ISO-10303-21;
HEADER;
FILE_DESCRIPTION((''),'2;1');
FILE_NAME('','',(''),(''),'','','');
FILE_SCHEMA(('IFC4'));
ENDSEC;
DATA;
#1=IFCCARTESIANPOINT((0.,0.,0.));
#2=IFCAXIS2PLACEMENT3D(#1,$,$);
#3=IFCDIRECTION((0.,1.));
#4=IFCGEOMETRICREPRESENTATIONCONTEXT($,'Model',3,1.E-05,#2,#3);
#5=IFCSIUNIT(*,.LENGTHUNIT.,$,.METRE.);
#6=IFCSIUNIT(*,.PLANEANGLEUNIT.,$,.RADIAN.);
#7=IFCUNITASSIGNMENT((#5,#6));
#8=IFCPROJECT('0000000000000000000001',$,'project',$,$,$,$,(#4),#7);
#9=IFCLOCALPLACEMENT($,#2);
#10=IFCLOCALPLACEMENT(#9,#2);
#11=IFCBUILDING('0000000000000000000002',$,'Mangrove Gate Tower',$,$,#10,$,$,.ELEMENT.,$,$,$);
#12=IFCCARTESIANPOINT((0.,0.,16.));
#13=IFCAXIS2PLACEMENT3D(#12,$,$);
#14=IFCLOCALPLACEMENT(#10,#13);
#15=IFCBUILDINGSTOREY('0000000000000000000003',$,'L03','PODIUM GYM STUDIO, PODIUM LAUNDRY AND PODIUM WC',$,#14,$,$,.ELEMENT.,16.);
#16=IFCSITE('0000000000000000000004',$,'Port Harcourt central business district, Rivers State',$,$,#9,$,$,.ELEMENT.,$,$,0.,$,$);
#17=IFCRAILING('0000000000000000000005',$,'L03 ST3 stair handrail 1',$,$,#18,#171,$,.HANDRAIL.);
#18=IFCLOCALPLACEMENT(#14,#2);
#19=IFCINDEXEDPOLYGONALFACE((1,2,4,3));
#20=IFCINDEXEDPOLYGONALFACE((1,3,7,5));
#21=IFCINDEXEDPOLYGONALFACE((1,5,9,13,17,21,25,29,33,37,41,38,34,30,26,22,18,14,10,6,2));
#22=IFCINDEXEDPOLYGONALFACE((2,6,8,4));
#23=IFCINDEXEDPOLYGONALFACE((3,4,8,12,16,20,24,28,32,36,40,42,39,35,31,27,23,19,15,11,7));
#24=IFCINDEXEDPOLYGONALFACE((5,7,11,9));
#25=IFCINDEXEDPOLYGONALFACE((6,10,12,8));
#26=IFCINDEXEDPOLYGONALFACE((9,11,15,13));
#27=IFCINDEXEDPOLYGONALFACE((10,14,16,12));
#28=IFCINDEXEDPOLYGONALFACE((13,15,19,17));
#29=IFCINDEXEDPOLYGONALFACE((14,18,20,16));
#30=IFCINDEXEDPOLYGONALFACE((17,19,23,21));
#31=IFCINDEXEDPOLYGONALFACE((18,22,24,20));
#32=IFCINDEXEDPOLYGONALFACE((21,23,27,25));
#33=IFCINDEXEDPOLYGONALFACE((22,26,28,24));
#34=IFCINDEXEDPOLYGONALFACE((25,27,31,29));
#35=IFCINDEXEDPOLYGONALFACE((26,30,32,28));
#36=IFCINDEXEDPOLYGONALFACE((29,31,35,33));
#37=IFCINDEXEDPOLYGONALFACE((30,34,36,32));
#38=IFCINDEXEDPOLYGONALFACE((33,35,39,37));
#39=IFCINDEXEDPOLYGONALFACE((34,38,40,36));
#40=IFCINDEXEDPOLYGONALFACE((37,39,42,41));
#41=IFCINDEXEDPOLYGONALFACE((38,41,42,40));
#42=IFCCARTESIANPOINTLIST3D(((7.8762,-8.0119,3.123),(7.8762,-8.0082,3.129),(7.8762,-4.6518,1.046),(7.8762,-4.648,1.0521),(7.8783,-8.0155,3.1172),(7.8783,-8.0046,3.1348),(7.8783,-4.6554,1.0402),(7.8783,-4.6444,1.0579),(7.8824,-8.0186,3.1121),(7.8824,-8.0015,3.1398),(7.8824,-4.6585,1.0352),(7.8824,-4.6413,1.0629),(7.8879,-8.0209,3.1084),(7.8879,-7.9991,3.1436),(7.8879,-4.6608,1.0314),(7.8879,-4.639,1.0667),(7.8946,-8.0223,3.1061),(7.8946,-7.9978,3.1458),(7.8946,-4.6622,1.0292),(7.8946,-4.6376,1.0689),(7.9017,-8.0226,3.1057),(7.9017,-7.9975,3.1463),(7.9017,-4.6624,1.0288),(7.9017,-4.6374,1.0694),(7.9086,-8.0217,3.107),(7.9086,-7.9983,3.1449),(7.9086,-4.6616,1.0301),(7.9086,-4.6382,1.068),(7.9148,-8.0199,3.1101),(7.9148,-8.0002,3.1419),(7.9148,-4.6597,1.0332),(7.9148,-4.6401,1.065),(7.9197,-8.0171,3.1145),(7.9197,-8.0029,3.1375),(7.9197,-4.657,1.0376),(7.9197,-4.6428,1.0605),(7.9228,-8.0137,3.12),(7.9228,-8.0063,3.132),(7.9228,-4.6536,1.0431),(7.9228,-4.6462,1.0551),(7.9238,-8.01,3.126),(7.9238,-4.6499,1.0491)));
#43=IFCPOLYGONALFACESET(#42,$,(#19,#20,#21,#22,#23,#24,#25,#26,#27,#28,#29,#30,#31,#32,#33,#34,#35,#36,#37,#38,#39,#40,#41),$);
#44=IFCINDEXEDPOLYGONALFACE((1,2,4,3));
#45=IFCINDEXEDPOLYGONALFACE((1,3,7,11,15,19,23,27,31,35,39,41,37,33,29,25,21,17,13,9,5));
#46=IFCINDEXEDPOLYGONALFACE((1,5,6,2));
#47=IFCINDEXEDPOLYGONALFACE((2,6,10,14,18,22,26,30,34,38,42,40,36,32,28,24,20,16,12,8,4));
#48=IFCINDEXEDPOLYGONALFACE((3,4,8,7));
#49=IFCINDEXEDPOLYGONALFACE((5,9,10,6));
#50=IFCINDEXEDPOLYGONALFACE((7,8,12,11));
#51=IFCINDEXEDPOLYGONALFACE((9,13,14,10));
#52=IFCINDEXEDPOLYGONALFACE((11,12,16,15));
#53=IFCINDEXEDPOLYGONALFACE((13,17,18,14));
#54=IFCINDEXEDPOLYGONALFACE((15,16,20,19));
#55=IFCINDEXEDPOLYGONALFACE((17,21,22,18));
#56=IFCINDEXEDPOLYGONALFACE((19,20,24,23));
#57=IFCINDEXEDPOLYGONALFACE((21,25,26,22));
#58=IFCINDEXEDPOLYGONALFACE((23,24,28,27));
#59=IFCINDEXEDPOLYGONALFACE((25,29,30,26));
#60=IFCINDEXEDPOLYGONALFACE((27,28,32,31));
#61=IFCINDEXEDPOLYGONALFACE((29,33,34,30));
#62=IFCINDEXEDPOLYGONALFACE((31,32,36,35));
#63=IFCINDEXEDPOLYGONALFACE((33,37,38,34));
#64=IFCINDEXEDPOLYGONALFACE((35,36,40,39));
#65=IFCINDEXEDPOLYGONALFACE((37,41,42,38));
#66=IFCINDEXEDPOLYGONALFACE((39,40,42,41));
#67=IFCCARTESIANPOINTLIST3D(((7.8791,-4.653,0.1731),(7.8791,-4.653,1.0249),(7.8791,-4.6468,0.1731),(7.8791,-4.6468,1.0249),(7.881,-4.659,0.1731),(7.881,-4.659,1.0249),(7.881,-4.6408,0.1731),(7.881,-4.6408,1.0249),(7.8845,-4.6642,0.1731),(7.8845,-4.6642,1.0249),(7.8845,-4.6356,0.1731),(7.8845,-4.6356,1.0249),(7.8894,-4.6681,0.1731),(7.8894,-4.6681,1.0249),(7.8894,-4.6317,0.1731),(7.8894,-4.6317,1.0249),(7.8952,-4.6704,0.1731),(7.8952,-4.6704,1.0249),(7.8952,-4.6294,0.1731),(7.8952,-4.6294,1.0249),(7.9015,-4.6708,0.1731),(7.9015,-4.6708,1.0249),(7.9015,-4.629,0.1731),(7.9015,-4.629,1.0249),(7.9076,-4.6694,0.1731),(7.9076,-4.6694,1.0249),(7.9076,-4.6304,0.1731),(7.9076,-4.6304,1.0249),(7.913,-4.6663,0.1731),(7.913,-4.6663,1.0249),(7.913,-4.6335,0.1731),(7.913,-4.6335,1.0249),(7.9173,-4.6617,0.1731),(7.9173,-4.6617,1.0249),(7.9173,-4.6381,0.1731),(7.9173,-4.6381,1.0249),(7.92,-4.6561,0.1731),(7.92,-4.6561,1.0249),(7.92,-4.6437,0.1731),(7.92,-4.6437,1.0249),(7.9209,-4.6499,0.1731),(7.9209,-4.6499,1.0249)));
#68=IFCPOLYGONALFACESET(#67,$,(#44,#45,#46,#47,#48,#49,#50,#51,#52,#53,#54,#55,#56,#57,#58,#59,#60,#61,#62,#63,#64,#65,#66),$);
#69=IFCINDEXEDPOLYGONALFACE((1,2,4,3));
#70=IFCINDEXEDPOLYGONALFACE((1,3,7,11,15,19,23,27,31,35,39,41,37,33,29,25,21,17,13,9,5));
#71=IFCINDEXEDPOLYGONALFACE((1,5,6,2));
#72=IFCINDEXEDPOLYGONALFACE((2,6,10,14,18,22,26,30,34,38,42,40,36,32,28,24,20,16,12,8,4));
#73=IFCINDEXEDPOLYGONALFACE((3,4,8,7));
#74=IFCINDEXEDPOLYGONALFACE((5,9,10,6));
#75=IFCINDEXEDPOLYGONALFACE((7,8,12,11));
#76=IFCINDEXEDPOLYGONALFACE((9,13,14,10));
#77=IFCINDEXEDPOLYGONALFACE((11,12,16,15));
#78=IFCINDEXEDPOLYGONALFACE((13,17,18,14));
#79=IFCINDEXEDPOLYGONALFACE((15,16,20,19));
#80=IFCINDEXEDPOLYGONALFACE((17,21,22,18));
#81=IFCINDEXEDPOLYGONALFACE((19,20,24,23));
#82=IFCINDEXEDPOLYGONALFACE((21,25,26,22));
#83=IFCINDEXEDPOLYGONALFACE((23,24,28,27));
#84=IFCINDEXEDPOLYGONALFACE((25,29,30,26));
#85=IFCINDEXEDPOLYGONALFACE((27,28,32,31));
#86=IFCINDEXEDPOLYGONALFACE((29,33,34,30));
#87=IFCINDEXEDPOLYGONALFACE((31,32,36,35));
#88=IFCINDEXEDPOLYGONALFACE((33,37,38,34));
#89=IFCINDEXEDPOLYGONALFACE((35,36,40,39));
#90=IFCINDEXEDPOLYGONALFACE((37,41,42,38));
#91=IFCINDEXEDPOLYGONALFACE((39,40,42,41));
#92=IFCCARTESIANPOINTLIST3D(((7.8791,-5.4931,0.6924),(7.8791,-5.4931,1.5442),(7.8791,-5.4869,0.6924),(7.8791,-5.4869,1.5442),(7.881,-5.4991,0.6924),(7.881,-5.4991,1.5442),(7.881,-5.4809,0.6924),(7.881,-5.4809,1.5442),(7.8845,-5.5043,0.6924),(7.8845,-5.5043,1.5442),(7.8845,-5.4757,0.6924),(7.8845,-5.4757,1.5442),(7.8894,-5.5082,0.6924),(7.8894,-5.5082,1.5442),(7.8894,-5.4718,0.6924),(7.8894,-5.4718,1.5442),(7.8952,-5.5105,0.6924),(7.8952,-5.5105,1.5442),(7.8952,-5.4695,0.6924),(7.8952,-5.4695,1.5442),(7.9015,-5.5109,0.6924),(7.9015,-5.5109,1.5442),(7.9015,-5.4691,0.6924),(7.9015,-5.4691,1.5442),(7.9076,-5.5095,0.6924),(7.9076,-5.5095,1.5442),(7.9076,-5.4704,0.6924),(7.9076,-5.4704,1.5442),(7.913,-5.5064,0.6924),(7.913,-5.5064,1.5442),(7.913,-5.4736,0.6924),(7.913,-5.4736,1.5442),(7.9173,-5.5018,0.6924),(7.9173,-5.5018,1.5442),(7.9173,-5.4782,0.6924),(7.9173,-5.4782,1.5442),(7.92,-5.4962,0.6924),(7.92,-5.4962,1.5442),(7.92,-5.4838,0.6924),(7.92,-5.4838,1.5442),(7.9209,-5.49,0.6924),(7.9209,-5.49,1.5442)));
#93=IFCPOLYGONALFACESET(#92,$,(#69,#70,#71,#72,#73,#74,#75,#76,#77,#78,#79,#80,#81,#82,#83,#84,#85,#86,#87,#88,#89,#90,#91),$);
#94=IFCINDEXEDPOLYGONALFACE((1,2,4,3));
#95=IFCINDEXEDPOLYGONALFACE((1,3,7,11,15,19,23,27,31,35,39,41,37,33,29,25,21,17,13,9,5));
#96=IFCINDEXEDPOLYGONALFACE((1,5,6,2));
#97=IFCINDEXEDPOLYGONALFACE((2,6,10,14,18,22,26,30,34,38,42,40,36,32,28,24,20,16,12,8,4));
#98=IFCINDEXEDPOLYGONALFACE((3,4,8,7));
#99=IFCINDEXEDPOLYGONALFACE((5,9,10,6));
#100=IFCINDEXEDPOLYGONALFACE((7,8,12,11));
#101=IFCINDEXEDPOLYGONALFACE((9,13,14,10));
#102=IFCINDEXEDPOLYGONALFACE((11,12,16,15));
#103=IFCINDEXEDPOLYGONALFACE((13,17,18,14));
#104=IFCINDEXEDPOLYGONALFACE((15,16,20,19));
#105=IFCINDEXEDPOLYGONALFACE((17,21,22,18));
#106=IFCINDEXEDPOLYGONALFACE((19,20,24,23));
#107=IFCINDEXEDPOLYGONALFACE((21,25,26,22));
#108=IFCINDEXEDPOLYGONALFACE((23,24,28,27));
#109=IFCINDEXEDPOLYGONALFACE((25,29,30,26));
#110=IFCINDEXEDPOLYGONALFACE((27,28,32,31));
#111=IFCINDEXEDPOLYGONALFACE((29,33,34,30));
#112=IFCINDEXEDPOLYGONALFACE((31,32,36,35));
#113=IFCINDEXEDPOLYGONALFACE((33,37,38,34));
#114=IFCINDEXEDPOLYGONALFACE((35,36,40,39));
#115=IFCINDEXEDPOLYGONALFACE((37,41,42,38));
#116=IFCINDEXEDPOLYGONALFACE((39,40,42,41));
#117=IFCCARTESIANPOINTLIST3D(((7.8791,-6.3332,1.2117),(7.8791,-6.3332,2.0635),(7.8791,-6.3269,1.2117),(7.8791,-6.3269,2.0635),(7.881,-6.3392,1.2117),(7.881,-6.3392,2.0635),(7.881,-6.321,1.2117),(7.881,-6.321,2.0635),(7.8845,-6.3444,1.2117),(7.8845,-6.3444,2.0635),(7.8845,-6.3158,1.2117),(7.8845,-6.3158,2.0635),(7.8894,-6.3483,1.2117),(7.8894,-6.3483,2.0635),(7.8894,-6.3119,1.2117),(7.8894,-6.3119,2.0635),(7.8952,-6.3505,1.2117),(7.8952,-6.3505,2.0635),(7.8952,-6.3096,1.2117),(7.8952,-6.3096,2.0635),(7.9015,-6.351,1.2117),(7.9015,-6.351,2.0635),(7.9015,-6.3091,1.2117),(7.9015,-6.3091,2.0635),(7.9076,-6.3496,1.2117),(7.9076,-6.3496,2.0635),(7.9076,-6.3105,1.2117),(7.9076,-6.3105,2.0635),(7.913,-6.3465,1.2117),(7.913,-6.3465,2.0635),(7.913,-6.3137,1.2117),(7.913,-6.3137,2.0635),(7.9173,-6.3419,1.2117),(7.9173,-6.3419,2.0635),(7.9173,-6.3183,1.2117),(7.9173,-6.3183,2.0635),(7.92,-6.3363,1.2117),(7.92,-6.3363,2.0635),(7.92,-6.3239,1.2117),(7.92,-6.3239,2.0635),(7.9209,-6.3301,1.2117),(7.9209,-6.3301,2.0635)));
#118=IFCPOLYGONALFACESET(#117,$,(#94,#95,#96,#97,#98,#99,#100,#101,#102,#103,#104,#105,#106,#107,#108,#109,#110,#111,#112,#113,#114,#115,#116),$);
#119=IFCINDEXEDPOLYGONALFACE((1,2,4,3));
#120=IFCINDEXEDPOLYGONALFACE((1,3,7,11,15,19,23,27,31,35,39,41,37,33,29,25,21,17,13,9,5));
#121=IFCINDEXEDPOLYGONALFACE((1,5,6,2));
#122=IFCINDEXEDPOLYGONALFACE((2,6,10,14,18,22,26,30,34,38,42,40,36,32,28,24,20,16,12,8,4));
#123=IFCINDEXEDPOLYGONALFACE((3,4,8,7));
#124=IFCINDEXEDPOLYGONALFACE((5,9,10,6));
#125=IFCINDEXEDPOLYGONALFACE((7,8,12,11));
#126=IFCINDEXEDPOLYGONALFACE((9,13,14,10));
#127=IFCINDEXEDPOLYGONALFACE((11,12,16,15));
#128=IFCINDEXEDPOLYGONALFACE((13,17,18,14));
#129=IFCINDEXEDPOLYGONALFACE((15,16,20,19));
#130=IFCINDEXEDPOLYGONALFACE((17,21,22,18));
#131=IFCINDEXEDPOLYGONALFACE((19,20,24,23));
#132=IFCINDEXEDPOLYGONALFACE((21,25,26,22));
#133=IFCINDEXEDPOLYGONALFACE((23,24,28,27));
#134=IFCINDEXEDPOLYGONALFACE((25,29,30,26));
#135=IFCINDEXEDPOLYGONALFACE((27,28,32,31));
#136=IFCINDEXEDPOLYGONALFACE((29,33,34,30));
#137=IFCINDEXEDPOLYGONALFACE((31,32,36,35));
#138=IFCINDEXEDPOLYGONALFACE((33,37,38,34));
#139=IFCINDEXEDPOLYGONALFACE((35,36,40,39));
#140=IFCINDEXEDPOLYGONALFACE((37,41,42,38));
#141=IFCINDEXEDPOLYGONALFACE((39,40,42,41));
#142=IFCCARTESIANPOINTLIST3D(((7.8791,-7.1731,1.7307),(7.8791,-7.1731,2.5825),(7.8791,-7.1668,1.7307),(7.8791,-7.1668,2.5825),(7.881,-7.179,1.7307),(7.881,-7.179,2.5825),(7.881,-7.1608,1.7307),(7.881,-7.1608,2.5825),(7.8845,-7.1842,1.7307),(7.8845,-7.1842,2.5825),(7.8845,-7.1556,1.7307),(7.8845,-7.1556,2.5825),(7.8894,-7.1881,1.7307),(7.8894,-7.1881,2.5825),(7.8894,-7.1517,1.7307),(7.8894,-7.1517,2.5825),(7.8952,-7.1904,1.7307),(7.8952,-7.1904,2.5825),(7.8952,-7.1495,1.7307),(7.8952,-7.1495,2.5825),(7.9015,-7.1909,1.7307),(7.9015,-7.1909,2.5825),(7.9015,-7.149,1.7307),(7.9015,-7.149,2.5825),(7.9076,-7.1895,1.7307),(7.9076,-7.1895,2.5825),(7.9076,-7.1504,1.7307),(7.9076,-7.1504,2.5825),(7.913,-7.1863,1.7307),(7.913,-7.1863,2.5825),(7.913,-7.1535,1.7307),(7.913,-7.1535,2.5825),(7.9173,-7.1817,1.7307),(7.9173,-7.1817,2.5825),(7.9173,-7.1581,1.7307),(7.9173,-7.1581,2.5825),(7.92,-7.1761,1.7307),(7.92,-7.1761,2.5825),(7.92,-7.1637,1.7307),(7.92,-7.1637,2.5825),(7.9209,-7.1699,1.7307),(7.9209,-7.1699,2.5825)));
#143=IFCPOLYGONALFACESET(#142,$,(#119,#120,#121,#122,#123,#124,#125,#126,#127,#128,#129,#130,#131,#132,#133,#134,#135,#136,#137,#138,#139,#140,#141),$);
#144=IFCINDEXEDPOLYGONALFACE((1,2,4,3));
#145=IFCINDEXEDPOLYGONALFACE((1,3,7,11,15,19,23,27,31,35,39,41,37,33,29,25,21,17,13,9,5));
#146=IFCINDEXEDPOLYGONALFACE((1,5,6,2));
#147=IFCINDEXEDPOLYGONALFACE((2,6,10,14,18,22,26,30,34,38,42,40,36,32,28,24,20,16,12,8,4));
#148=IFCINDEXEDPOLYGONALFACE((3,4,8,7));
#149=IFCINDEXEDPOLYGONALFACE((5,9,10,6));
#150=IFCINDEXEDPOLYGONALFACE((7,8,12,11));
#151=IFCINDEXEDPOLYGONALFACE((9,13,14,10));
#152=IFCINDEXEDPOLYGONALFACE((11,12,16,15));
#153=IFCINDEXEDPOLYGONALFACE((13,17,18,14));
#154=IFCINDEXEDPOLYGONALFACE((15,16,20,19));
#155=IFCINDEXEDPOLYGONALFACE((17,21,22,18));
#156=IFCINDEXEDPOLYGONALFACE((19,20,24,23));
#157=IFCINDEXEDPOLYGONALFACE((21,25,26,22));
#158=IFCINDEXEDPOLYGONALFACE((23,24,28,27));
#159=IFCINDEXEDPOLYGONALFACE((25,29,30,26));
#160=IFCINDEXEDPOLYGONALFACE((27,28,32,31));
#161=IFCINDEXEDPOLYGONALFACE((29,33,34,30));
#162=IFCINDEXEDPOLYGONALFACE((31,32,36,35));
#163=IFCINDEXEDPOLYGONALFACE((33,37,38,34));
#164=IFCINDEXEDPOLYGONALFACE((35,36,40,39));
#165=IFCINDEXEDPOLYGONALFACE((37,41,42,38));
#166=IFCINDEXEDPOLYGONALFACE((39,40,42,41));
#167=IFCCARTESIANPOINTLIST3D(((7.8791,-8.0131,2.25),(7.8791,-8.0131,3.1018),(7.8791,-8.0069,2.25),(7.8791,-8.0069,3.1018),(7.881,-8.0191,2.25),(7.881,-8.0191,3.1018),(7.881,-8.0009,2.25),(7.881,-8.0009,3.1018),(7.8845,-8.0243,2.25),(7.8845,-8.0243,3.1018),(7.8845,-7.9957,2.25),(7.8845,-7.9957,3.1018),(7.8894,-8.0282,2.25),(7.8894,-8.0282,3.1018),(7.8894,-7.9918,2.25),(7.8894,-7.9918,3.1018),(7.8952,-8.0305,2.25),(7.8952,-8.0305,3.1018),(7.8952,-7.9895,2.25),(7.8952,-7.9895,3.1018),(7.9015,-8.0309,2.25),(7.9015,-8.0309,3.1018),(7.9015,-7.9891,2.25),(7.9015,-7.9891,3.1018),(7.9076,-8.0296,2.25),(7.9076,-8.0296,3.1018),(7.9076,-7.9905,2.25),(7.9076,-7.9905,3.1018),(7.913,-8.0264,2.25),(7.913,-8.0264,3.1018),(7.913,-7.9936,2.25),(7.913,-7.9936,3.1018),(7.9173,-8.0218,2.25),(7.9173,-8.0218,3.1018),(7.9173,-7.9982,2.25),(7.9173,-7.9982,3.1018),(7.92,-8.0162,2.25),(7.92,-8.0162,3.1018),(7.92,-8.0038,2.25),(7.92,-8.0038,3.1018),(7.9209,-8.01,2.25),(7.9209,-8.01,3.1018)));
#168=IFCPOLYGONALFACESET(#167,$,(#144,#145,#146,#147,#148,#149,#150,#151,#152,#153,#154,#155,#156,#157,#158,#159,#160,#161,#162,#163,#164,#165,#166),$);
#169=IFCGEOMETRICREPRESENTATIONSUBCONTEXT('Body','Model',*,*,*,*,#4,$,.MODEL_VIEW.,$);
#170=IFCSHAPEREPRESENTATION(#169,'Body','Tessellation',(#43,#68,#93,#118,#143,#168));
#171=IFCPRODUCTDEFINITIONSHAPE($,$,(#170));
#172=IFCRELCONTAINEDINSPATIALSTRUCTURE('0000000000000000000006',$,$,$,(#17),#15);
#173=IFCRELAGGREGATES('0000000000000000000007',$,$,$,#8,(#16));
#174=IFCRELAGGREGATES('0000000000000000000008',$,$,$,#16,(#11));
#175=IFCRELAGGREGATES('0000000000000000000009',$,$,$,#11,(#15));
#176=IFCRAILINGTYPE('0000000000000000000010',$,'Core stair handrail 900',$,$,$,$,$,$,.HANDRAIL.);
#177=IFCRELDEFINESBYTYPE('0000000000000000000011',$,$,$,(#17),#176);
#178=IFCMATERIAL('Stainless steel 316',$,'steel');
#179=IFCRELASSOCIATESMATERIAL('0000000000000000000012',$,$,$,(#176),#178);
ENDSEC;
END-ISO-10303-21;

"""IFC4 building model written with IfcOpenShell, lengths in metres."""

from ifc_helpers import new_model, si_unit, direction, frame, origin, origin_2d, place, context, subcontext, project, spatial, circle, extrude, material, type_object, element, save


model = new_model("IFC4")

# Units and contexts
model_context = context("Model", 3, precision=1e-05, world=origin(), true_north=direction((0.0, 1.0)))
body_context = subcontext(model_context, "Body", "Model", "MODEL_VIEW")
ifc_project = project(units=[si_unit("LENGTHUNIT", "METRE"), si_unit("PLANEANGLEUNIT", "RADIAN")], contexts=[model_context])

# Site, building, storey
site_placement = place(None, origin())
site = spatial("IfcSite", under=ifc_project, at=site_placement, Name="Port Harcourt central business district, Rivers State", CompositionType="ELEMENT", RefElevation=0.0)
building_placement = place(site_placement, origin())
building = spatial("IfcBuilding", under=site, at=building_placement, Name="Mangrove Gate Tower", CompositionType="ELEMENT")
storey_placement = place(building_placement, frame((0.0, 0.0, 16.0)))
storey = spatial("IfcBuildingStorey", under=building, at=storey_placement, Name="L03", Description="PODIUM GYM STUDIO, PODIUM LAUNDRY AND PODIUM WC", CompositionType="ELEMENT", Elevation=16.0)

# Railing
ifc_material_1 = material(Name="Stainless steel 316", Category="steel")
railing_type_1 = type_object("IfcRailingType", Name="Core stair handrail 900", PredefinedType="HANDRAIL", material=ifc_material_1)
railing_1_placement = place(storey_placement, frame((7.8999, -4.6499, 0.1731)))
element("IfcRailing", 1, at=railing_1_placement, inside=storey, type_object=railing_type_1, Name="L03 ST3 stair handrail 1", PredefinedType="HANDRAIL", context=body_context, shape_type="SweptSolid", body=[
    extrude(circle(Radius=0.0239, at=origin_2d()), frame((0.0, 0.0, 0.876), z_axis=(0.0, -0.850623, 0.525776), x_axis=(1.0, 0.0, 0.0)), (0.0, 0.0, 1.0), 3.9502),
    extrude(circle(Radius=0.021, at=origin_2d()), origin(), (0.0, 0.0, 1.0), 0.8518),
    extrude(circle(Radius=0.021, at=origin_2d()), frame((0.0, -0.8401, 0.5193)), (0.0, 0.0, 1.0), 0.8518),
    extrude(circle(Radius=0.021, at=origin_2d()), frame((0.0, -1.6802, 1.0386)), (0.0, 0.0, 1.0), 0.8518),
    extrude(circle(Radius=0.021, at=origin_2d()), frame((0.0, -2.52, 1.5576)), (0.0, 0.0, 1.0), 0.8518),
    extrude(circle(Radius=0.021, at=origin_2d()), frame((0.0, -3.3601, 2.0769)), (0.0, 0.0, 1.0), 0.8518),
])

save(model, "model.ifc")
